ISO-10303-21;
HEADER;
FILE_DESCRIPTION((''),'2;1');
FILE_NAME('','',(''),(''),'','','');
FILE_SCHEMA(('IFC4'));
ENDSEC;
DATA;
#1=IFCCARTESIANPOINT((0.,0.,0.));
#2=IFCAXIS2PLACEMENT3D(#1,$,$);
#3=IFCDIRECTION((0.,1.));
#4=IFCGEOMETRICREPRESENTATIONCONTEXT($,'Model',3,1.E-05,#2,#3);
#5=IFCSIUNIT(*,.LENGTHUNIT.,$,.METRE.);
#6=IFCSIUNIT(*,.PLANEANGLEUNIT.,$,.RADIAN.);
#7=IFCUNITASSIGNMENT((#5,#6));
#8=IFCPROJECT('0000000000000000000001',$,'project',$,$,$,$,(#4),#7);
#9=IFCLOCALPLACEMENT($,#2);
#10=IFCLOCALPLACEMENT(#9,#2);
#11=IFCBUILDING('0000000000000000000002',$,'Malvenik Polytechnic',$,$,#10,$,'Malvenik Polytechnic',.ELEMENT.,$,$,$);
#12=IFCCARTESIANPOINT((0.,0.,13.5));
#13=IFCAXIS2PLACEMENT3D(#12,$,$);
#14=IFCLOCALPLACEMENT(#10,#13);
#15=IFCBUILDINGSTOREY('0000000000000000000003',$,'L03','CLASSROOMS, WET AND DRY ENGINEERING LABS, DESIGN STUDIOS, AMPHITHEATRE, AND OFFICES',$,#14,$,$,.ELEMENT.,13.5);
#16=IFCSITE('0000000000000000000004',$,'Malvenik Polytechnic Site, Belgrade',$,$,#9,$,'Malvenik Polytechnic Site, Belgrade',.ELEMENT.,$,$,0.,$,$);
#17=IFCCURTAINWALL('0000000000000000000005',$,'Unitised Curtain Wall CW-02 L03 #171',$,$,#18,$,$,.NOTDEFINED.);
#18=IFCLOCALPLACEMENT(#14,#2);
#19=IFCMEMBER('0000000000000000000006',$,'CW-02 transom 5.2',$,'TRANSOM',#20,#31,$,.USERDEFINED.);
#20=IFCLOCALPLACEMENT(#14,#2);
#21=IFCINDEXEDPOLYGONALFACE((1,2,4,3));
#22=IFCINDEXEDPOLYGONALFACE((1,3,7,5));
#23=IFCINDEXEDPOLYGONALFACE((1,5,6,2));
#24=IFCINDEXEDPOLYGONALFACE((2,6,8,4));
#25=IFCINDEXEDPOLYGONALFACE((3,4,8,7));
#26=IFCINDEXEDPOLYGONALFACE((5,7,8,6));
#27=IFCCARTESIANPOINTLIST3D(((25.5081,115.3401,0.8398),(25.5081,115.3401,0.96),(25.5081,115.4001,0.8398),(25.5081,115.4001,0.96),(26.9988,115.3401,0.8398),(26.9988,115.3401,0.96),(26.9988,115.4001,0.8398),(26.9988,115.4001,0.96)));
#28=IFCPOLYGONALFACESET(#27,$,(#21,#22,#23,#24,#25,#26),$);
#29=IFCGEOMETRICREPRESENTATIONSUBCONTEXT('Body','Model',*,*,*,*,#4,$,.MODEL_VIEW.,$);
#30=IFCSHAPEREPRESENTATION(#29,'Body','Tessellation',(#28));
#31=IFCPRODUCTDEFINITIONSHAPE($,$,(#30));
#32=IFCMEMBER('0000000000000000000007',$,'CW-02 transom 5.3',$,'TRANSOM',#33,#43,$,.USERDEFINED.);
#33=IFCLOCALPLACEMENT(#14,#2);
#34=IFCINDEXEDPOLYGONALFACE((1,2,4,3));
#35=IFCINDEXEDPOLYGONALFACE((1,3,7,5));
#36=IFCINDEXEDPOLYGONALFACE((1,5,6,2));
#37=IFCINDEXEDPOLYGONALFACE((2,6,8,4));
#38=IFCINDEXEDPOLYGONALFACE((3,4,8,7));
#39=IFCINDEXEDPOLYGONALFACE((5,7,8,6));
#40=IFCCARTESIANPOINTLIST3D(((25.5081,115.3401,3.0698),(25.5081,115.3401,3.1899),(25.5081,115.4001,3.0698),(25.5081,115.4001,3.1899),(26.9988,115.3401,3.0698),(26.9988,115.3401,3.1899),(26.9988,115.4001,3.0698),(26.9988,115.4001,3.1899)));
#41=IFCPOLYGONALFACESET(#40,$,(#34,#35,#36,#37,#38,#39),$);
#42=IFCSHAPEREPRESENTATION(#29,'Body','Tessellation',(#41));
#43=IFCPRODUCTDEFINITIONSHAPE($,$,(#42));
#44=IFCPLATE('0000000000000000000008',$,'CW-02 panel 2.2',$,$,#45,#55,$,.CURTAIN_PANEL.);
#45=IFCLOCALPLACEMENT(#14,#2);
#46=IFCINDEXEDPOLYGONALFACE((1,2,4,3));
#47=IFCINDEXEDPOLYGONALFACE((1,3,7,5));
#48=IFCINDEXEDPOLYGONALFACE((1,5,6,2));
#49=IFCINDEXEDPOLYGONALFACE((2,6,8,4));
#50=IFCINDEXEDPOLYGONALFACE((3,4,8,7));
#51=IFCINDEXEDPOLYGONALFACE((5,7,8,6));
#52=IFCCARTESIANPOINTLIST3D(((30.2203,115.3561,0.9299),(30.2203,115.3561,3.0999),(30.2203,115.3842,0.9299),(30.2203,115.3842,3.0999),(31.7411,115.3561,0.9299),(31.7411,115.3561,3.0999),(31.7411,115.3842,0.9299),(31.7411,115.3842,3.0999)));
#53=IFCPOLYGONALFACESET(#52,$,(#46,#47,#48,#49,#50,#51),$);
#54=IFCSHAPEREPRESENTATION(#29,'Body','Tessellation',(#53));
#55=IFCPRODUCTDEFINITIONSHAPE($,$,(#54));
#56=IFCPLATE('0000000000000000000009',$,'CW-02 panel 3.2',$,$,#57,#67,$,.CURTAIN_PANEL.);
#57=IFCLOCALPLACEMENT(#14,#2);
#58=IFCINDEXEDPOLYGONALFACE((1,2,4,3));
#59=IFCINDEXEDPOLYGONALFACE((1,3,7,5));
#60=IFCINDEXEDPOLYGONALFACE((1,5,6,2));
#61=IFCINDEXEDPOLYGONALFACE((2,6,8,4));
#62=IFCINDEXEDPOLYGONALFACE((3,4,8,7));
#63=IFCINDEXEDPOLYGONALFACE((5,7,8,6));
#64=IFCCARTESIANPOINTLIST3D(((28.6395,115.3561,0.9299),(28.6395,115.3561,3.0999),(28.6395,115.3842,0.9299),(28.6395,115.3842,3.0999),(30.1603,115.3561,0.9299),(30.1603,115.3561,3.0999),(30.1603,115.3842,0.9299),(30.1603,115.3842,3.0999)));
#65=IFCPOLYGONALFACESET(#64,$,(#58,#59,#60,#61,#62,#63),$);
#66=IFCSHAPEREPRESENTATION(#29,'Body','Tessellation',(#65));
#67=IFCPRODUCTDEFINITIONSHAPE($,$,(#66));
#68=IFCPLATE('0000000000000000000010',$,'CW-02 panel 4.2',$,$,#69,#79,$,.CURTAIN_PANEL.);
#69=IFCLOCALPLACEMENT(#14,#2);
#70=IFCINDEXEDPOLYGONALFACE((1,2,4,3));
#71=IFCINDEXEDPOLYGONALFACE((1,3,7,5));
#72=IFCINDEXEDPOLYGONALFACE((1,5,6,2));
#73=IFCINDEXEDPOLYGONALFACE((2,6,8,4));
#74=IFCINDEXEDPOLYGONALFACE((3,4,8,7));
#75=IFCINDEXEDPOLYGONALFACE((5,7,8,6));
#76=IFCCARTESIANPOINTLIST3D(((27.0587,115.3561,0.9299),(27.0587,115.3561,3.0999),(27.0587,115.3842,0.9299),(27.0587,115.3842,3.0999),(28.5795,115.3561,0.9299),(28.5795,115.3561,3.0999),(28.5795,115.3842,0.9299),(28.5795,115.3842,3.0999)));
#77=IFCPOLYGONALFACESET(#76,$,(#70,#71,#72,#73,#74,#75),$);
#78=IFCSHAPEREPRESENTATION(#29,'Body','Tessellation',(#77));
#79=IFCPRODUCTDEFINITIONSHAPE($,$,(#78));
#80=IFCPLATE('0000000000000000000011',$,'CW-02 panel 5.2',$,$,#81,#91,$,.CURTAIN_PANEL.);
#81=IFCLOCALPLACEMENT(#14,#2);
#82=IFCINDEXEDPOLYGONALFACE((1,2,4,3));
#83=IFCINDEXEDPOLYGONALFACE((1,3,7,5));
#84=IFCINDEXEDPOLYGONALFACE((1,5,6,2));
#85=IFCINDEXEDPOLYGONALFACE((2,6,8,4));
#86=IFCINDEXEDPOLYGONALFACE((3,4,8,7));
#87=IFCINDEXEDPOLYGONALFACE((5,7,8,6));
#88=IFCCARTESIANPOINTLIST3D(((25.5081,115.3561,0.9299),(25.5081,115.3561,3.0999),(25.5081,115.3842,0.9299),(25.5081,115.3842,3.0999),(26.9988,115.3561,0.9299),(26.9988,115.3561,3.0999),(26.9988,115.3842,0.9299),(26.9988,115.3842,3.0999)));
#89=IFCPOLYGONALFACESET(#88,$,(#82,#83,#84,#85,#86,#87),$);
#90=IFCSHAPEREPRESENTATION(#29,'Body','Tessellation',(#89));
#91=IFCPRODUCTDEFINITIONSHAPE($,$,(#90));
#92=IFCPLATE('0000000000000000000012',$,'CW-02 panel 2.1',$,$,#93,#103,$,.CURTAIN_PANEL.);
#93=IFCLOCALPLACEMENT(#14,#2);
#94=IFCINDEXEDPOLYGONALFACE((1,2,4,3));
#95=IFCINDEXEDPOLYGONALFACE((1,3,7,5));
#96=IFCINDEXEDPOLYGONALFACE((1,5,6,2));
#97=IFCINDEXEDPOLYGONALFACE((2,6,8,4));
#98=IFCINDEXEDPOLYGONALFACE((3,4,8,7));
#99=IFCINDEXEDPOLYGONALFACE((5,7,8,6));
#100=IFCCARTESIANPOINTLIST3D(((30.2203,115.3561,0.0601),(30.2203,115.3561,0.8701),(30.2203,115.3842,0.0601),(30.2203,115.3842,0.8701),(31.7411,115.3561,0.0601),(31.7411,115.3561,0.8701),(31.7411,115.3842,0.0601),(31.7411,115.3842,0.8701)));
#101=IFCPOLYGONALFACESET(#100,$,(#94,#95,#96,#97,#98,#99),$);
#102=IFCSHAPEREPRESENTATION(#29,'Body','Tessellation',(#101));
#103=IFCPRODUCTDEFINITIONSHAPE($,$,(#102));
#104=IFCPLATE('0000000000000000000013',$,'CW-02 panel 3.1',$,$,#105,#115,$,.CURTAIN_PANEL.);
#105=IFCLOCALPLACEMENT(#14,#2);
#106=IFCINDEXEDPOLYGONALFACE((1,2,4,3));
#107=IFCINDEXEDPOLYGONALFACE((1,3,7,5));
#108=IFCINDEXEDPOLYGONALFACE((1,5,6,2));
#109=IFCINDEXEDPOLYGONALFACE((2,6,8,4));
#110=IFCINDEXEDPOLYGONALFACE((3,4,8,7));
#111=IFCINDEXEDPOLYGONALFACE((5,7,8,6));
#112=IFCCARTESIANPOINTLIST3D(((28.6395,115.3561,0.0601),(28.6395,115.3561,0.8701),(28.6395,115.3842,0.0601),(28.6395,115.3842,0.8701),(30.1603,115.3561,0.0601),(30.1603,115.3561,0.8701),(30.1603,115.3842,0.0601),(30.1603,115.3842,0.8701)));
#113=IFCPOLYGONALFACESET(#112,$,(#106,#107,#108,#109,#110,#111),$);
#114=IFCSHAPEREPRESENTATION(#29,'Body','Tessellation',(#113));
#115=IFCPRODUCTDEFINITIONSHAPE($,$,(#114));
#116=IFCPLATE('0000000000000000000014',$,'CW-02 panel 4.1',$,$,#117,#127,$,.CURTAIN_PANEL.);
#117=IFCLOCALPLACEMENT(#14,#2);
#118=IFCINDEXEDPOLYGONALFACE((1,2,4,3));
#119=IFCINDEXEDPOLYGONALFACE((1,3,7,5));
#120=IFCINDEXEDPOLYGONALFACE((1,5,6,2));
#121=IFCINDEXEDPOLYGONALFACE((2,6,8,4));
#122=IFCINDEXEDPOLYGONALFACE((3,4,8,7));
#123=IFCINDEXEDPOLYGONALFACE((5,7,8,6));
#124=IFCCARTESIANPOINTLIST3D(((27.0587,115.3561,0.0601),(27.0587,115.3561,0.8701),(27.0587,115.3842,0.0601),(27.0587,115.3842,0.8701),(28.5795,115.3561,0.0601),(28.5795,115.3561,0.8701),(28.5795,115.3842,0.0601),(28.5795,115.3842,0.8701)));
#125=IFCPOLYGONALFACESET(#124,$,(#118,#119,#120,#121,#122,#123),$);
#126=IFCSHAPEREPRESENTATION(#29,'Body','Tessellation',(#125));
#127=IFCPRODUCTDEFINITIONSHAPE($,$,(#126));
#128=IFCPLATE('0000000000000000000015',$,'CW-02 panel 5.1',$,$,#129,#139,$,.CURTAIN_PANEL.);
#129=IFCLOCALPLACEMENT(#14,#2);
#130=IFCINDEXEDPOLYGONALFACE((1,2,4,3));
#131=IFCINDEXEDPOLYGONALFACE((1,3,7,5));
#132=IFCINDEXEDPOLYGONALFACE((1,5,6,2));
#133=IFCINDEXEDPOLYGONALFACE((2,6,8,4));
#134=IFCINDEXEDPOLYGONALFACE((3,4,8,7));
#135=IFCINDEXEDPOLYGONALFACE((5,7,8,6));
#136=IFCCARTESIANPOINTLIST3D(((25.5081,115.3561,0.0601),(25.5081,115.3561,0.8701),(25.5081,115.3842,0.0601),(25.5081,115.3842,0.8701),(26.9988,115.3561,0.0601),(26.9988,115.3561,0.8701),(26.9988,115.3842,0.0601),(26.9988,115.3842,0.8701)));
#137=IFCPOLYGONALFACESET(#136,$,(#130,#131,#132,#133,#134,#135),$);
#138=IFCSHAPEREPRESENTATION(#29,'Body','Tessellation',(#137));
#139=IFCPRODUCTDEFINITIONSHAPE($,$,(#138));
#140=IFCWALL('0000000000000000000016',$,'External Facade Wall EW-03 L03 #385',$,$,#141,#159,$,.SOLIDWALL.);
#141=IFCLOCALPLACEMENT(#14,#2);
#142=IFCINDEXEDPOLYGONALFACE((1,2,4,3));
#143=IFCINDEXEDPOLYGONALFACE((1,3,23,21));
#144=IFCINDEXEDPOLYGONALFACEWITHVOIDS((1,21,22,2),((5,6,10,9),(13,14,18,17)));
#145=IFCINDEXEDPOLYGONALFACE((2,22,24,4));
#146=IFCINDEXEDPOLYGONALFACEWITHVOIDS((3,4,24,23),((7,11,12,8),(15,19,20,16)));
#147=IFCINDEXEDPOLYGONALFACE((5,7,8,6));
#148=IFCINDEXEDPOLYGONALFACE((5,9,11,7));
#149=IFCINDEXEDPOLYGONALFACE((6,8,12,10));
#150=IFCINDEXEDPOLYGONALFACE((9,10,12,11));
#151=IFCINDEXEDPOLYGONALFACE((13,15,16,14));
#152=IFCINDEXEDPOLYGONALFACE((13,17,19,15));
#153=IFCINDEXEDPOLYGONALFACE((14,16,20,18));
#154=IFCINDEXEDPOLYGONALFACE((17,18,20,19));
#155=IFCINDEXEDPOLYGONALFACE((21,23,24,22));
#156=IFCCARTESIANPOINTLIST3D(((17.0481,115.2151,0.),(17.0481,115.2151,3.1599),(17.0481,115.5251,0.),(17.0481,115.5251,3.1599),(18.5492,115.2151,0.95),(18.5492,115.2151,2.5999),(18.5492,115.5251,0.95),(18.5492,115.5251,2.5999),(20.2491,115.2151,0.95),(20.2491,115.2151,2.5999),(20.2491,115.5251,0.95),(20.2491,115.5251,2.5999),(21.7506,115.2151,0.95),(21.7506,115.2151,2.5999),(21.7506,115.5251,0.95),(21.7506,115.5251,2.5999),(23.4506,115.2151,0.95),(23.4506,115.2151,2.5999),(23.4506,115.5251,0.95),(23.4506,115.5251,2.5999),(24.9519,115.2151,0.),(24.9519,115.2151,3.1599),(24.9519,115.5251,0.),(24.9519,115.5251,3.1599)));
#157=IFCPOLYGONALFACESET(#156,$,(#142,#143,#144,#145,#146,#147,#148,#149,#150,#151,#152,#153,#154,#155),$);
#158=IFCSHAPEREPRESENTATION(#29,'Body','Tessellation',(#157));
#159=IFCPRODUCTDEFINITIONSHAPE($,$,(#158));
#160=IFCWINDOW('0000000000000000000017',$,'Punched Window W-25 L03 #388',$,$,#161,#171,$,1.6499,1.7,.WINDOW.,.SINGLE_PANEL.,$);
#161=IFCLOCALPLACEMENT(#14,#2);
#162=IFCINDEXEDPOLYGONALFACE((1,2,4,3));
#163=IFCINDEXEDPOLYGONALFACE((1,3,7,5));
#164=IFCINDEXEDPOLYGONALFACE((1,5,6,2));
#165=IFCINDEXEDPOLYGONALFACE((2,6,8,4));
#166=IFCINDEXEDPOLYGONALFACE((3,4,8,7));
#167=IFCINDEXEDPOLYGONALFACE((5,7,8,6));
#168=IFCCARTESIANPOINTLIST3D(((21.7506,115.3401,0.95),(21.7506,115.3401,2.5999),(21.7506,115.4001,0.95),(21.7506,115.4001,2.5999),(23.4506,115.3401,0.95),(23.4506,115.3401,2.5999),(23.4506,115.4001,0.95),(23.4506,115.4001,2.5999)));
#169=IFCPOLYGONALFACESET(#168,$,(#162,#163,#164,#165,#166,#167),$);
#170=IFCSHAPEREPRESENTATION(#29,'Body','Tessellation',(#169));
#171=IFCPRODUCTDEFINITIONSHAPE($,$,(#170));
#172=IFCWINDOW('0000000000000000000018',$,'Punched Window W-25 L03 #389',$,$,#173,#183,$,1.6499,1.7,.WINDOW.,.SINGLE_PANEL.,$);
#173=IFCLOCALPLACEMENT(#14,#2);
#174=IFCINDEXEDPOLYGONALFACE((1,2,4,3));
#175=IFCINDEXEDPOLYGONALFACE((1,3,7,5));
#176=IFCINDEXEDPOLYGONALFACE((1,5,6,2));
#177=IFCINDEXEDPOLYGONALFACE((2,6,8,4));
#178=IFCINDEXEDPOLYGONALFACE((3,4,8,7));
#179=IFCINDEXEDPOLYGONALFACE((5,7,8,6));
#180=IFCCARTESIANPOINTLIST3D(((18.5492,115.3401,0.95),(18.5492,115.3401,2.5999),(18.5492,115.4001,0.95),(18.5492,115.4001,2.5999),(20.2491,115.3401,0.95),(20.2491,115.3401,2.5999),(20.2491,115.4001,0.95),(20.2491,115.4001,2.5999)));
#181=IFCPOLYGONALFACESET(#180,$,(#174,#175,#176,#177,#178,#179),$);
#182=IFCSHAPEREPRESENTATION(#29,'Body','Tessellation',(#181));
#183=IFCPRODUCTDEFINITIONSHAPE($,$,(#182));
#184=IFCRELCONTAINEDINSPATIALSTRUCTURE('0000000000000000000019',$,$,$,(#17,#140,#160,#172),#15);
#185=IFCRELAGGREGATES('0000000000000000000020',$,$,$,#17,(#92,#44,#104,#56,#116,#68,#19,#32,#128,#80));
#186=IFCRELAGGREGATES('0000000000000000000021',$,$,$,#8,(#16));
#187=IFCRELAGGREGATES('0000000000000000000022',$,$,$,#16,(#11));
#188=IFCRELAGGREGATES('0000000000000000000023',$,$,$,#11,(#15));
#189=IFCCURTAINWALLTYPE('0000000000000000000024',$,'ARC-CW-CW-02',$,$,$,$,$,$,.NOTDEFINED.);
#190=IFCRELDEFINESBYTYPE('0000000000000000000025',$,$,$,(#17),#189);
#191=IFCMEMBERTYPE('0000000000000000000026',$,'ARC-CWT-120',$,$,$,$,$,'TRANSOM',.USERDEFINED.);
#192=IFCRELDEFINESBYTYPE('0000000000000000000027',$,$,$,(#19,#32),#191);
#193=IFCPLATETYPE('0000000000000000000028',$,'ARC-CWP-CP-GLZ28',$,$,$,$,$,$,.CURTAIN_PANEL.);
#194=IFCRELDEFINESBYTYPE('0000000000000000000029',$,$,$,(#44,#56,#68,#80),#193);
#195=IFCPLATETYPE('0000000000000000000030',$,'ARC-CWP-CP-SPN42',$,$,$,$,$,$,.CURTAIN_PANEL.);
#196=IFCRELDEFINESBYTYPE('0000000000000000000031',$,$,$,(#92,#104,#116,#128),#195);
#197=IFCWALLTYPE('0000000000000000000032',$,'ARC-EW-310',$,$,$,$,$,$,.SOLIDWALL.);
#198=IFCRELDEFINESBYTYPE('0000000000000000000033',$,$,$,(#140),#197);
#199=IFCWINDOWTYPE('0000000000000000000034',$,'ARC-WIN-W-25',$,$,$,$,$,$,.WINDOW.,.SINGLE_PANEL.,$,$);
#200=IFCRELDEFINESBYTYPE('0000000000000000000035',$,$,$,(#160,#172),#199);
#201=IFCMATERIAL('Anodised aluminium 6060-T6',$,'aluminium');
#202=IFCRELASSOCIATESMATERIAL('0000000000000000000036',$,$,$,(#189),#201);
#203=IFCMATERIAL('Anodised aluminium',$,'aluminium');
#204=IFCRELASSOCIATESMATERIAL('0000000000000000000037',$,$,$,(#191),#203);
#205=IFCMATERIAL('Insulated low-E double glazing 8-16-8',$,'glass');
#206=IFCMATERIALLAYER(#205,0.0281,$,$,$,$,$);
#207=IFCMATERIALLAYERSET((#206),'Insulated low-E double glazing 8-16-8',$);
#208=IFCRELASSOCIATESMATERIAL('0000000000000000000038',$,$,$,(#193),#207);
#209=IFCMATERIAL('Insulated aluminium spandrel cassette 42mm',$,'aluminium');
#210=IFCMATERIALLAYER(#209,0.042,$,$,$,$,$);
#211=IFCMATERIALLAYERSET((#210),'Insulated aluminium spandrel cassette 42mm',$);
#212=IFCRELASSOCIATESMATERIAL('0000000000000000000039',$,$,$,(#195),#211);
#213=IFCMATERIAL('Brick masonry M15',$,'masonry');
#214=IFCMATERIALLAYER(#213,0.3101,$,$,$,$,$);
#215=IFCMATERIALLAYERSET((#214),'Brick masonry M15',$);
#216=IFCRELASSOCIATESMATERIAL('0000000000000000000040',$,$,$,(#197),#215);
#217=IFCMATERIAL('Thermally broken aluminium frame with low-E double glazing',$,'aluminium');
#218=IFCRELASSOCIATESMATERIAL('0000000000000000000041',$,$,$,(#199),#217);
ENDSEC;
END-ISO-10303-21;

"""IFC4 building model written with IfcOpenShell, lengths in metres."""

from ifc_helpers import new_model, si_unit, direction, frame, frame_2d, origin, origin_2d, place, context, subcontext, project, spatial, rectangle, extrude, material, layer, layer_set, material_profile, profile_set, type_object, element, fill, aggregate, save


model = new_model("IFC4")

# Units and contexts
model_context = context("Model", 3, precision=1e-05, world=origin(), true_north=direction((0.0, 1.0)))
body_context = subcontext(model_context, "Body", "Model", "MODEL_VIEW")
ifc_project = project(units=[si_unit("LENGTHUNIT", "METRE"), si_unit("PLANEANGLEUNIT", "RADIAN")], contexts=[model_context])

# Site, building, storey
site_placement = place(None, origin())
site = spatial("IfcSite", under=ifc_project, at=site_placement, Name="Malvenik Polytechnic Site, Belgrade", LongName="Malvenik Polytechnic Site, Belgrade", CompositionType="ELEMENT", RefElevation=0.0)
building_placement = place(site_placement, origin())
building = spatial("IfcBuilding", under=site, at=building_placement, Name="Malvenik Polytechnic", LongName="Malvenik Polytechnic", CompositionType="ELEMENT")
storey_placement = place(building_placement, frame((0.0, 0.0, 13.5)))
storey = spatial("IfcBuildingStorey", under=building, at=storey_placement, Name="L03", Description="CLASSROOMS, WET AND DRY ENGINEERING LABS, DESIGN STUDIOS, AMPHITHEATRE, AND OFFICES", CompositionType="ELEMENT", Elevation=13.5)

# Curtain wall, members, plates
ifc_material_1 = material(Name="Anodised aluminium 6060-T6", Category="aluminium")
curtain_wall_type = type_object("IfcCurtainWallType", Name="ARC-CW-CW-02", PredefinedType="NOTDEFINED", material=ifc_material_1)
curtain_wall_placement = place(storey_placement, origin())
curtain_wall = element("IfcCurtainWall", 1, at=curtain_wall_placement, inside=storey, type_object=curtain_wall_type, Name="Unitised Curtain Wall CW-02 L03 #171", PredefinedType="NOTDEFINED")
ifc_material_2 = material(Name="Anodised aluminium", Category="aluminium")
ifc_material_profile_1 = material_profile(ifc_material_2, rectangle(XDim=0.0601, YDim=0.1201, at=origin_2d()), Name="ALU TRANSOM 60x120")
ifc_profile_set_1 = profile_set([ifc_material_profile_1], Name="Anodised aluminium")
member_type_1 = type_object("IfcMemberType", Name="ARC-CWT-120", ElementType="TRANSOM", PredefinedType="USERDEFINED", material=ifc_profile_set_1)
member_1_placement = place(storey_placement, frame((26.9988, 115.3701, 0.8999), z_axis=(-1.0, 0.0, 0.0), x_axis=(0.0, -1.0, 0.0)))
member_1 = element("IfcMember", 2, at=member_1_placement, type_object=member_type_1, Name="CW-02 transom 5.2", ObjectType="TRANSOM", PredefinedType="USERDEFINED", context=body_context, shape_type="SweptSolid", body=[
    extrude(rectangle(XDim=0.0601, YDim=0.1201, at=origin_2d()), origin(), (0.0, 0.0, 1.0), 1.4907),
])
member_2_placement = place(storey_placement, frame((26.9988, 115.3701, 3.1299), z_axis=(-1.0, 0.0, 0.0), x_axis=(0.0, -1.0, 0.0)))
member_2 = element("IfcMember", 3, at=member_2_placement, type_object=member_type_1, Name="CW-02 transom 5.3", ObjectType="TRANSOM", PredefinedType="USERDEFINED", context=body_context, shape_type="SweptSolid", body=[
    extrude(rectangle(XDim=0.0601, YDim=0.1201, at=origin_2d()), origin(), (0.0, 0.0, 1.0), 1.4907),
])
ifc_material_3 = material(Name="Insulated low-E double glazing 8-16-8", Category="glass")
ifc_layer_1 = layer(ifc_material_3, 0.0281)
ifc_layer_set_1 = layer_set([ifc_layer_1], Name="Insulated low-E double glazing 8-16-8")
plate_type_1 = type_object("IfcPlateType", Name="ARC-CWP-CP-GLZ28", PredefinedType="CURTAIN_PANEL", material=ifc_layer_set_1)
plate_1_placement = place(storey_placement, frame((30.9807, 115.3701, 0.9299), z_axis=(0.0, 0.0, 1.0), x_axis=(-1.0, 0.0, 0.0)))
plate_1 = element("IfcPlate", 4, at=plate_1_placement, type_object=plate_type_1, Name="CW-02 panel 2.2", PredefinedType="CURTAIN_PANEL", context=body_context, shape_type="SweptSolid", body=[
    extrude(rectangle(XDim=1.5208, YDim=0.0281, at=origin_2d()), origin(), (0.0, 0.0, 1.0), 2.1699),
])
plate_2_placement = place(storey_placement, frame((29.3999, 115.3701, 0.9299), z_axis=(0.0, 0.0, 1.0), x_axis=(-1.0, 0.0, 0.0)))
plate_2 = element("IfcPlate", 5, at=plate_2_placement, type_object=plate_type_1, Name="CW-02 panel 3.2", PredefinedType="CURTAIN_PANEL", context=body_context, shape_type="SweptSolid", body=[
    extrude(rectangle(XDim=1.5208, YDim=0.0281, at=origin_2d()), origin(), (0.0, 0.0, 1.0), 2.1699),
])
plate_3_placement = place(storey_placement, frame((27.8191, 115.3701, 0.9299), z_axis=(0.0, 0.0, 1.0), x_axis=(-1.0, 0.0, 0.0)))
plate_3 = element("IfcPlate", 6, at=plate_3_placement, type_object=plate_type_1, Name="CW-02 panel 4.2", PredefinedType="CURTAIN_PANEL", context=body_context, shape_type="SweptSolid", body=[
    extrude(rectangle(XDim=1.5208, YDim=0.0281, at=origin_2d()), origin(), (0.0, 0.0, 1.0), 2.1699),
])
plate_4_placement = place(storey_placement, frame((26.2534, 115.3701, 0.9299), z_axis=(0.0, 0.0, 1.0), x_axis=(-1.0, 0.0, 0.0)))
plate_4 = element("IfcPlate", 7, at=plate_4_placement, type_object=plate_type_1, Name="CW-02 panel 5.2", PredefinedType="CURTAIN_PANEL", context=body_context, shape_type="SweptSolid", body=[
    extrude(rectangle(XDim=1.4907, YDim=0.0281, at=origin_2d()), origin(), (0.0, 0.0, 1.0), 2.1699),
])
ifc_material_4 = material(Name="Insulated aluminium spandrel cassette 42mm", Category="aluminium")
ifc_layer_2 = layer(ifc_material_4, 0.042)
ifc_layer_set_2 = layer_set([ifc_layer_2], Name="Insulated aluminium spandrel cassette 42mm")
plate_type_2 = type_object("IfcPlateType", Name="ARC-CWP-CP-SPN42", PredefinedType="CURTAIN_PANEL", material=ifc_layer_set_2)
plate_5_placement = place(storey_placement, frame((30.9807, 115.3701, 0.0601), z_axis=(0.0, 0.0, 1.0), x_axis=(-1.0, 0.0, 0.0)))
plate_5 = element("IfcPlate", 8, at=plate_5_placement, type_object=plate_type_2, Name="CW-02 panel 2.1", PredefinedType="CURTAIN_PANEL", context=body_context, shape_type="SweptSolid", body=[
    extrude(rectangle(XDim=1.5208, YDim=0.0281, at=origin_2d()), origin(), (0.0, 0.0, 1.0), 0.8101),
])
plate_6_placement = place(storey_placement, frame((29.3999, 115.3701, 0.0601), z_axis=(0.0, 0.0, 1.0), x_axis=(-1.0, 0.0, 0.0)))
plate_6 = element("IfcPlate", 9, at=plate_6_placement, type_object=plate_type_2, Name="CW-02 panel 3.1", PredefinedType="CURTAIN_PANEL", context=body_context, shape_type="SweptSolid", body=[
    extrude(rectangle(XDim=1.5208, YDim=0.0281, at=origin_2d()), origin(), (0.0, 0.0, 1.0), 0.8101),
])
plate_7_placement = place(storey_placement, frame((27.8191, 115.3701, 0.0601), z_axis=(0.0, 0.0, 1.0), x_axis=(-1.0, 0.0, 0.0)))
plate_7 = element("IfcPlate", 10, at=plate_7_placement, type_object=plate_type_2, Name="CW-02 panel 4.1", PredefinedType="CURTAIN_PANEL", context=body_context, shape_type="SweptSolid", body=[
    extrude(rectangle(XDim=1.5208, YDim=0.0281, at=origin_2d()), origin(), (0.0, 0.0, 1.0), 0.8101),
])
plate_8_placement = place(storey_placement, frame((26.2534, 115.3701, 0.0601), z_axis=(0.0, 0.0, 1.0), x_axis=(-1.0, 0.0, 0.0)))
plate_8 = element("IfcPlate", 11, at=plate_8_placement, type_object=plate_type_2, Name="CW-02 panel 5.1", PredefinedType="CURTAIN_PANEL", context=body_context, shape_type="SweptSolid", body=[
    extrude(rectangle(XDim=1.4907, YDim=0.0281, at=origin_2d()), origin(), (0.0, 0.0, 1.0), 0.8101),
])
aggregate(curtain_wall, [plate_5, plate_1, plate_6, plate_2, plate_7, plate_3, member_1, member_2, plate_8, plate_4])

# Wall, openings, windows
ifc_material_5 = material(Name="Brick masonry M15", Category="masonry")
ifc_layer_3 = layer(ifc_material_5, 0.3101)
ifc_layer_set_3 = layer_set([ifc_layer_3], Name="Brick masonry M15")
wall_type = type_object("IfcWallType", Name="ARC-EW-310", PredefinedType="SOLIDWALL", material=ifc_layer_set_3)
wall_placement = place(storey_placement, frame((24.9519, 115.3701, 0.0), z_axis=(0.0, 0.0, 1.0), x_axis=(-1.0, 0.0, 0.0)))
wall = element("IfcWall", 12, at=wall_placement, inside=storey, type_object=wall_type, Name="External Facade Wall EW-03 L03 #385", PredefinedType="SOLIDWALL", context=body_context, shape_type="SweptSolid", body=[
    extrude(rectangle(XDim=7.9038, YDim=0.3101, at=frame_2d((3.9519, 0.0))), origin(), (0.0, 0.0, 1.0), 3.1599),
])
opening_1_placement = place(wall_placement, frame((1.5012, 0.0, 0.95)))
opening_1 = element("IfcOpeningElement", 13, at=opening_1_placement, cuts=wall, PredefinedType="OPENING", context=body_context, shape_type="SweptSolid", body=[
    extrude(rectangle(XDim=1.7, YDim=1.6499, at=frame_2d((0.8501, 0.825))), frame((0.0, 0.165, 0.0), z_axis=(0.0, -1.0, 0.0), x_axis=(1.0, 0.0, 0.0)), (0.0, 0.0, 1.0), 0.3301),
])
opening_2_placement = place(wall_placement, frame((4.7026, 0.0, 0.95)))
opening_2 = element("IfcOpeningElement", 14, at=opening_2_placement, cuts=wall, PredefinedType="OPENING", context=body_context, shape_type="SweptSolid", body=[
    extrude(rectangle(XDim=1.7, YDim=1.6499, at=frame_2d((0.8501, 0.825))), frame((0.0, 0.165, 0.0), z_axis=(0.0, -1.0, 0.0), x_axis=(1.0, 0.0, 0.0)), (0.0, 0.0, 1.0), 0.3301),
])
ifc_material_6 = material(Name="Thermally broken aluminium frame with low-E double glazing", Category="aluminium")
window_type = type_object("IfcWindowType", Name="ARC-WIN-W-25", PartitioningType="SINGLE_PANEL", PredefinedType="WINDOW", material=ifc_material_6)
window_1_placement = place(opening_1_placement, origin())
window_1 = element("IfcWindow", 15, at=window_1_placement, inside=storey, type_object=window_type, Name="Punched Window W-25 L03 #388", OverallHeight=1.6499, OverallWidth=1.7, PartitioningType="SINGLE_PANEL", PredefinedType="WINDOW", context=body_context, shape_type="SweptSolid", body=[
    extrude(rectangle(XDim=1.7, YDim=1.6499, at=frame_2d((0.8501, 0.825))), frame((0.0, 0.03, 0.0), z_axis=(0.0, -1.0, 0.0), x_axis=(1.0, 0.0, 0.0)), (0.0, 0.0, 1.0), 0.0601),
])
fill(opening_1, window_1)
window_2_placement = place(opening_2_placement, origin())
window_2 = element("IfcWindow", 16, at=window_2_placement, inside=storey, type_object=window_type, Name="Punched Window W-25 L03 #389", OverallHeight=1.6499, OverallWidth=1.7, PartitioningType="SINGLE_PANEL", PredefinedType="WINDOW", context=body_context, shape_type="SweptSolid", body=[
    extrude(rectangle(XDim=1.7, YDim=1.6499, at=frame_2d((0.8501, 0.825))), frame((0.0, 0.03, 0.0), z_axis=(0.0, -1.0, 0.0), x_axis=(1.0, 0.0, 0.0)), (0.0, 0.0, 1.0), 0.0601),
])
fill(opening_2, window_2)

save(model, "model.ifc")
